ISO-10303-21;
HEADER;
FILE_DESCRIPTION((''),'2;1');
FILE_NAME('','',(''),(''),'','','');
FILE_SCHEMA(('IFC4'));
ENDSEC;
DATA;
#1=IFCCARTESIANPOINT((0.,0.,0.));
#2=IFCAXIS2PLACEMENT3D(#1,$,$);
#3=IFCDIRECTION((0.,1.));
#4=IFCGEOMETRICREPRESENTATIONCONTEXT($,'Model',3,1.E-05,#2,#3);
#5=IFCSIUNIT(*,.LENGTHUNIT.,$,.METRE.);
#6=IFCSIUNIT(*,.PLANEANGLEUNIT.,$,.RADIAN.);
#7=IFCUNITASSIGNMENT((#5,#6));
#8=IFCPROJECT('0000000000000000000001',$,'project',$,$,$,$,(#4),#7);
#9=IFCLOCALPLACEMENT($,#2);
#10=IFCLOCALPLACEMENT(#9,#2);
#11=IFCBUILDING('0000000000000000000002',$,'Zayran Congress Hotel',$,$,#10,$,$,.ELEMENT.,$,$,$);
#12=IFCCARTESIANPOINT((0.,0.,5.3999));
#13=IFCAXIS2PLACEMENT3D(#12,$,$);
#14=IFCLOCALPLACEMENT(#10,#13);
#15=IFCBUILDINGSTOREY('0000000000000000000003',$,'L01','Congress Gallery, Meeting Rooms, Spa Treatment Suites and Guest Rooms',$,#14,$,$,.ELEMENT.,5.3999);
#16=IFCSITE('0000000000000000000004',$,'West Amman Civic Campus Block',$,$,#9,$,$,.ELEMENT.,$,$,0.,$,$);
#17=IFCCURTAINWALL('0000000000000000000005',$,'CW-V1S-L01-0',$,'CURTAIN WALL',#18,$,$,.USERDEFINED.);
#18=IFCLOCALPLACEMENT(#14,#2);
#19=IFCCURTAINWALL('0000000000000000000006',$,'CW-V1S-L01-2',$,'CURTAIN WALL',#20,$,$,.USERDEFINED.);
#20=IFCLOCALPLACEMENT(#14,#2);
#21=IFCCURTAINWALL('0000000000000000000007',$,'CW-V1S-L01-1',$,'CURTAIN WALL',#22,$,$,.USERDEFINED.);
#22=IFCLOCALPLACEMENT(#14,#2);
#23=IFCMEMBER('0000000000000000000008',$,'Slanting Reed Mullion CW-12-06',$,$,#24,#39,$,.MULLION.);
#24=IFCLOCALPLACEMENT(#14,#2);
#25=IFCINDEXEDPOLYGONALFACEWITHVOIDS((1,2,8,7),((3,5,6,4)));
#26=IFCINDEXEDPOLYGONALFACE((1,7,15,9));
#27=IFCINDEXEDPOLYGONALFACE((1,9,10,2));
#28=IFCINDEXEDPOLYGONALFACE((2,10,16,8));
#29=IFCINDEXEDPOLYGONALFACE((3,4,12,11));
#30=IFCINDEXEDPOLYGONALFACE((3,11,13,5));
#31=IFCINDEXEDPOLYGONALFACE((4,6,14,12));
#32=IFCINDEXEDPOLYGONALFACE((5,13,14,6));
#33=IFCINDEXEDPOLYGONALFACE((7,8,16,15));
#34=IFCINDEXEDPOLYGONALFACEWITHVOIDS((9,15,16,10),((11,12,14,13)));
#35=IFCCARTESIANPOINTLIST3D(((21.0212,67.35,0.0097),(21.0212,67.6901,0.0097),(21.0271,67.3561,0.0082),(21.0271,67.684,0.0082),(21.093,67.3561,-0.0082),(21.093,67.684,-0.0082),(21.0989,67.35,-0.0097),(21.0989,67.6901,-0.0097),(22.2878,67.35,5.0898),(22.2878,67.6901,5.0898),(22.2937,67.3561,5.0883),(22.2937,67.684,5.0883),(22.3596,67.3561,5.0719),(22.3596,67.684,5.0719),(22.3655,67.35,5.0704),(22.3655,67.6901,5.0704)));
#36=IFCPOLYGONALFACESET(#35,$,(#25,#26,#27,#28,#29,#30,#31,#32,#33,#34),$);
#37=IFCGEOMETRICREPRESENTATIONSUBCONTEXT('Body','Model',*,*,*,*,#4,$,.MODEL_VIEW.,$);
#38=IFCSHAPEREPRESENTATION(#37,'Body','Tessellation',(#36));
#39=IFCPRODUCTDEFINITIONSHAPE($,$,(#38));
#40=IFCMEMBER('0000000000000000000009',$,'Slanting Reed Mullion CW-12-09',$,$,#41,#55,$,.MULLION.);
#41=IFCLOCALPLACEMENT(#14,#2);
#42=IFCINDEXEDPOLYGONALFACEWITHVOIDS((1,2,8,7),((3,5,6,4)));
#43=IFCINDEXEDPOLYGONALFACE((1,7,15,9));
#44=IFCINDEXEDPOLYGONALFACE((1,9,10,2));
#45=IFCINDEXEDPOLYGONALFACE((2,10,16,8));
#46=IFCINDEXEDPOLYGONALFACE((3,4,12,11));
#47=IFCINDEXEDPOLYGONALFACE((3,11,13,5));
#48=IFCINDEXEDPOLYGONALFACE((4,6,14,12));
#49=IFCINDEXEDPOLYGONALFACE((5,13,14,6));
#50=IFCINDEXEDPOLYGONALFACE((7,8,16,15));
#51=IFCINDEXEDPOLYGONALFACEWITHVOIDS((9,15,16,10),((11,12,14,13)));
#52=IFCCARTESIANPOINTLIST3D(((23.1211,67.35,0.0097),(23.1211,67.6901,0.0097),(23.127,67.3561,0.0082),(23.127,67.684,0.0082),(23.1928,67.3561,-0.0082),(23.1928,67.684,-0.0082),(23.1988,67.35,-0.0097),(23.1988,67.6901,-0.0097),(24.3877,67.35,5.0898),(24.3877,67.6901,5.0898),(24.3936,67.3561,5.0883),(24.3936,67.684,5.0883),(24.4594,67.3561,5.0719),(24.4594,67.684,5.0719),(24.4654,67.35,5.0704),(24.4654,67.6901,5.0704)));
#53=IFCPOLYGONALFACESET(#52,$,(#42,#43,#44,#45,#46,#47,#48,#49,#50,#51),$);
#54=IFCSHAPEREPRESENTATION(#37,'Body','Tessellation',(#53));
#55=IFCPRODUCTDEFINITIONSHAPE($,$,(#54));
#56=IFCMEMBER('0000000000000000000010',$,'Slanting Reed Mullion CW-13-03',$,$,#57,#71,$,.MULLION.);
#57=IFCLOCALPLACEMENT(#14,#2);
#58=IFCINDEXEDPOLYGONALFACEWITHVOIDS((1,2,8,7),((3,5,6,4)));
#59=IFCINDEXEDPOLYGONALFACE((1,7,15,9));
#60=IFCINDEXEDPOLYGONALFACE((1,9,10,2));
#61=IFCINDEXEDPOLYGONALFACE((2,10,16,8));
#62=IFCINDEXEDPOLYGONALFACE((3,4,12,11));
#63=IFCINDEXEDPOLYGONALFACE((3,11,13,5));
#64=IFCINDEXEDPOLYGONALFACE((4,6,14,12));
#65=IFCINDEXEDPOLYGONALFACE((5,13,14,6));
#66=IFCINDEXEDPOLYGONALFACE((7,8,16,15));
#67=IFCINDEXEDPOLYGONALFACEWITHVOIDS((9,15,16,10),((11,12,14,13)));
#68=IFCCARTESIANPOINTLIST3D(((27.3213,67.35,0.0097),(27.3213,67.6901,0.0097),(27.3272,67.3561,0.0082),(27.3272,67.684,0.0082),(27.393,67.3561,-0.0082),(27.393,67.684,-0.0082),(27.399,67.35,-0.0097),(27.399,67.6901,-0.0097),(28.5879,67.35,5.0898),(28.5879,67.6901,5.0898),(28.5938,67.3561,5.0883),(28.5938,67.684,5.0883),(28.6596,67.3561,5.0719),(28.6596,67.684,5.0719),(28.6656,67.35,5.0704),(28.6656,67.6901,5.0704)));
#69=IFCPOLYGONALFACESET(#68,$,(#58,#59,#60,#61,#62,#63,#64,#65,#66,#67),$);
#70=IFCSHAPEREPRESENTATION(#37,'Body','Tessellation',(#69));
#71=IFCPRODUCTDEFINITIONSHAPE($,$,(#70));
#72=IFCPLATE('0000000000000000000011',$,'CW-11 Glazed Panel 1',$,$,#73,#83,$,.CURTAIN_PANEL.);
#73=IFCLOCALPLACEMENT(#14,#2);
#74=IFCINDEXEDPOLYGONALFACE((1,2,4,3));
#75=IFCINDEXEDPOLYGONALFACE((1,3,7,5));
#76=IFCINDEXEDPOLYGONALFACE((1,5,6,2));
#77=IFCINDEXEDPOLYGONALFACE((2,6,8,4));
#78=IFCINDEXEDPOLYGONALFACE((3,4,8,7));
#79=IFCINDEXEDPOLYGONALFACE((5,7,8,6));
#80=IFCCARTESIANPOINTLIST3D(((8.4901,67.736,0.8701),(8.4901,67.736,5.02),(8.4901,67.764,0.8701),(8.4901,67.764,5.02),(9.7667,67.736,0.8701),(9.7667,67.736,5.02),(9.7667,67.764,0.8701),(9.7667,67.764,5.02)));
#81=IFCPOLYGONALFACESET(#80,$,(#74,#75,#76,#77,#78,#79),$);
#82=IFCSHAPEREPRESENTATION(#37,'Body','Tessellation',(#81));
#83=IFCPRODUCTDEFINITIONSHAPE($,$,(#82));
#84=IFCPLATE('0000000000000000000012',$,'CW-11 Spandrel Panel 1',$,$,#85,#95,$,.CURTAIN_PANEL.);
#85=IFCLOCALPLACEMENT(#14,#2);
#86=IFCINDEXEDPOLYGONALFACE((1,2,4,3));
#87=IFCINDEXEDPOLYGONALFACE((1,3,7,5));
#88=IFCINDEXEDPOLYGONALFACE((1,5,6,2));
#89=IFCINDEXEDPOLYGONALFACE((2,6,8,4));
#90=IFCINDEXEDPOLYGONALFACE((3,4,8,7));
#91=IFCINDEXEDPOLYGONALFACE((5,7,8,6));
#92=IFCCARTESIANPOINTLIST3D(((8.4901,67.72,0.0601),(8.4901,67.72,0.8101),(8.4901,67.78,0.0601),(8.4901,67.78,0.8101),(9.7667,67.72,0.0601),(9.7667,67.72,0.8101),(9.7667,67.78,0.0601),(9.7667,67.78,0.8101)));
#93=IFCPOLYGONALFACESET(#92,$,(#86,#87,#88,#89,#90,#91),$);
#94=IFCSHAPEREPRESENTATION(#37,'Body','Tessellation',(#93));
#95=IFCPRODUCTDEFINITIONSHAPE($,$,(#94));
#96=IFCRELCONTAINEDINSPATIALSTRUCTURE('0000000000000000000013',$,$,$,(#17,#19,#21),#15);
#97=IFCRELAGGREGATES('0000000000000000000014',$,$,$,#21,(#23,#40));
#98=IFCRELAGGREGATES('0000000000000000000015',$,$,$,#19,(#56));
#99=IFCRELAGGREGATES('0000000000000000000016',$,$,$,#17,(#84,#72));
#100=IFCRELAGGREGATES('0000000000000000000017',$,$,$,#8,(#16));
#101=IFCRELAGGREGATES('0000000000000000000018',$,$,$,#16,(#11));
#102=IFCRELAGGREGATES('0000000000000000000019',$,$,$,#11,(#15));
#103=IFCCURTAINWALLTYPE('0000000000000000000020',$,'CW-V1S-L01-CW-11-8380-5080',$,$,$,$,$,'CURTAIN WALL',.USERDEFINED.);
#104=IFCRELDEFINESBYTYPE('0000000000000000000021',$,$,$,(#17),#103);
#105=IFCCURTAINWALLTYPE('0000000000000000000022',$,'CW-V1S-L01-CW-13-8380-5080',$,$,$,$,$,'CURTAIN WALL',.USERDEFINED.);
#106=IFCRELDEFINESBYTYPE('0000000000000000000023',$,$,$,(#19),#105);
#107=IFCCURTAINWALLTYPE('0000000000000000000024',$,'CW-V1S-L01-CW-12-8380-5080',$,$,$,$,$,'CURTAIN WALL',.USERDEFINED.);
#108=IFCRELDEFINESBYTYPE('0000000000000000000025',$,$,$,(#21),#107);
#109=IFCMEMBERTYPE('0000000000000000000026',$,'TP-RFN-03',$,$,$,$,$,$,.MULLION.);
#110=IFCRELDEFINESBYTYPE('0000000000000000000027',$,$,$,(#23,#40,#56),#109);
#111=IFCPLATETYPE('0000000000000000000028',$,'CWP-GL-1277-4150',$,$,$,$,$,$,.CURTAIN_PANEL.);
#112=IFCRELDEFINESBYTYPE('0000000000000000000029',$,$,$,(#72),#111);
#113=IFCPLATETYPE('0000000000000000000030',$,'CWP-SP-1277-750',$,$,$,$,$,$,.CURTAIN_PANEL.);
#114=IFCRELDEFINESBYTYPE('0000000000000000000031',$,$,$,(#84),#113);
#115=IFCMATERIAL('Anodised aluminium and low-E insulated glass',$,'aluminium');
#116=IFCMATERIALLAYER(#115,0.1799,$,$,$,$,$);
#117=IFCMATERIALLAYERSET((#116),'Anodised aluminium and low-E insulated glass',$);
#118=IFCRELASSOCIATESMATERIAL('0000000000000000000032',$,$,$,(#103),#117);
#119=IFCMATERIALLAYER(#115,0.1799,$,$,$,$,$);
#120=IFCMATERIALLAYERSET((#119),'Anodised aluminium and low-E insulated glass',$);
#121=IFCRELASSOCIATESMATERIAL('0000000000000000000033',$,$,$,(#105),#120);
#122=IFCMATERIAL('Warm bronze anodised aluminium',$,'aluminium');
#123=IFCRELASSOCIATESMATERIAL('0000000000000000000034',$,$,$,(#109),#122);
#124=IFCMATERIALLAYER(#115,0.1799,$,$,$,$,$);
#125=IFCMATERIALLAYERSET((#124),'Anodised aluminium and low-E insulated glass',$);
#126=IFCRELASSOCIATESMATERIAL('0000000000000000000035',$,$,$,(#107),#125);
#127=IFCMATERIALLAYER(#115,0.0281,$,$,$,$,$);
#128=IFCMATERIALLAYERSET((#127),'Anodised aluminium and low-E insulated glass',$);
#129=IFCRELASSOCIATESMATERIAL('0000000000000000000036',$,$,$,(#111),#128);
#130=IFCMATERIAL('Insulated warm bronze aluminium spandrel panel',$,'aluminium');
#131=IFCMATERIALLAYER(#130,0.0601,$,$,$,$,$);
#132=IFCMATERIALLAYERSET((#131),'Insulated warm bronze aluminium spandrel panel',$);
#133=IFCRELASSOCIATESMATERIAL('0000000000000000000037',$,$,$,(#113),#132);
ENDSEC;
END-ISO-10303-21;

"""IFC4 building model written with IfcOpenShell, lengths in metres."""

from ifc_helpers import new_model, si_unit, direction, frame, origin, origin_2d, place, context, subcontext, project, spatial, rectangle, hollow_rectangle, extrude, material, layer, layer_set, material_profile, profile_set, type_object, element, aggregate, save


model = new_model("IFC4")

# Units and contexts
model_context = context("Model", 3, precision=1e-05, world=origin(), true_north=direction((0.0, 1.0)))
body_context = subcontext(model_context, "Body", "Model", "MODEL_VIEW")
ifc_project = project(units=[si_unit("LENGTHUNIT", "METRE"), si_unit("PLANEANGLEUNIT", "RADIAN")], contexts=[model_context])

# Site, building, storey
site_placement = place(None, origin())
site = spatial("IfcSite", under=ifc_project, at=site_placement, Name="West Amman Civic Campus Block", CompositionType="ELEMENT", RefElevation=0.0)
building_placement = place(site_placement, origin())
building = spatial("IfcBuilding", under=site, at=building_placement, Name="Zayran Congress Hotel", CompositionType="ELEMENT")
storey_placement = place(building_placement, frame((0.0, 0.0, 5.3999)))
storey = spatial("IfcBuildingStorey", under=building, at=storey_placement, Name="L01", Description="Congress Gallery, Meeting Rooms, Spa Treatment Suites and Guest Rooms", CompositionType="ELEMENT", Elevation=5.3999)

# Curtain wall
ifc_material_1 = material(Name="Anodised aluminium and low-E insulated glass", Category="aluminium")
ifc_layer_1 = layer(ifc_material_1, 0.1799)
ifc_layer_set_1 = layer_set([ifc_layer_1], Name="Anodised aluminium and low-E insulated glass")
curtain_wall_type_1 = type_object("IfcCurtainWallType", Name="CW-V1S-L01-CW-11-8380-5080", ElementType="CURTAIN WALL", PredefinedType="USERDEFINED", material=ifc_layer_set_1)
curtain_wall_1_placement = place(storey_placement, origin())
curtain_wall_1 = element("IfcCurtainWall", 1, at=curtain_wall_1_placement, inside=storey, type_object=curtain_wall_type_1, Name="CW-V1S-L01-0", ObjectType="CURTAIN WALL", PredefinedType="USERDEFINED")

# Curtain wall
ifc_layer_2 = layer(ifc_material_1, 0.1799)
ifc_layer_set_2 = layer_set([ifc_layer_2], Name="Anodised aluminium and low-E insulated glass")
curtain_wall_type_2 = type_object("IfcCurtainWallType", Name="CW-V1S-L01-CW-13-8380-5080", ElementType="CURTAIN WALL", PredefinedType="USERDEFINED", material=ifc_layer_set_2)
curtain_wall_2_placement = place(storey_placement, origin())
curtain_wall_2 = element("IfcCurtainWall", 2, at=curtain_wall_2_placement, inside=storey, type_object=curtain_wall_type_2, Name="CW-V1S-L01-2", ObjectType="CURTAIN WALL", PredefinedType="USERDEFINED")
ifc_material_2 = material(Name="Warm bronze anodised aluminium", Category="aluminium")

# Shared definitions
ifc_material_profile_1 = material_profile(ifc_material_2, hollow_rectangle(XDim=0.0801, YDim=0.3401, WallThickness=0.0061, at=origin_2d()), Name="RHS 340x80x6")
ifc_profile_set_1 = profile_set([ifc_material_profile_1], Name="Warm bronze anodised aluminium")
member_type_1 = type_object("IfcMemberType", Name="TP-RFN-03", PredefinedType="MULLION", material=ifc_profile_set_1)

# Curtain wall, members
ifc_layer_3 = layer(ifc_material_1, 0.1799)
ifc_layer_set_3 = layer_set([ifc_layer_3], Name="Anodised aluminium and low-E insulated glass")
curtain_wall_type_3 = type_object("IfcCurtainWallType", Name="CW-V1S-L01-CW-12-8380-5080", ElementType="CURTAIN WALL", PredefinedType="USERDEFINED", material=ifc_layer_set_3)
curtain_wall_3_placement = place(storey_placement, origin())
curtain_wall_3 = element("IfcCurtainWall", 3, at=curtain_wall_3_placement, inside=storey, type_object=curtain_wall_type_3, Name="CW-V1S-L01-1", ObjectType="CURTAIN WALL", PredefinedType="USERDEFINED")
member_1_placement = place(storey_placement, frame((21.0601, 67.52, 0.0), z_axis=(0.241921, 0.0, 0.970296), x_axis=(-0.970296, 0.0, 0.241921)))
member_1 = element("IfcMember", 4, at=member_1_placement, type_object=member_type_1, Name="Slanting Reed Mullion CW-12-06", PredefinedType="MULLION", context=body_context, shape_type="SweptSolid", body=[
    extrude(hollow_rectangle(XDim=0.0801, YDim=0.3401, WallThickness=0.0061, at=origin_2d()), origin(), (0.0, 0.0, 1.0), 5.2356),
])
member_2_placement = place(storey_placement, frame((23.1599, 67.52, 0.0), z_axis=(0.241921, 0.0, 0.970296), x_axis=(-0.970296, 0.0, 0.241921)))
member_2 = element("IfcMember", 5, at=member_2_placement, type_object=member_type_1, Name="Slanting Reed Mullion CW-12-09", PredefinedType="MULLION", context=body_context, shape_type="SweptSolid", body=[
    extrude(hollow_rectangle(XDim=0.0801, YDim=0.3401, WallThickness=0.0061, at=origin_2d()), origin(), (0.0, 0.0, 1.0), 5.2356),
])
aggregate(curtain_wall_3, [member_1, member_2])

# Member
member_3_placement = place(storey_placement, frame((27.3601, 67.52, 0.0), z_axis=(0.241921, 0.0, 0.970296), x_axis=(-0.970296, 0.0, 0.241921)))
member_3 = element("IfcMember", 6, at=member_3_placement, type_object=member_type_1, Name="Slanting Reed Mullion CW-13-03", PredefinedType="MULLION", context=body_context, shape_type="SweptSolid", body=[
    extrude(hollow_rectangle(XDim=0.0801, YDim=0.3401, WallThickness=0.0061, at=origin_2d()), origin(), (0.0, 0.0, 1.0), 5.2356),
])
aggregate(curtain_wall_2, [member_3])

# Plates
ifc_layer_4 = layer(ifc_material_1, 0.0281)
ifc_layer_set_4 = layer_set([ifc_layer_4], Name="Anodised aluminium and low-E insulated glass")
plate_type_1 = type_object("IfcPlateType", Name="CWP-GL-1277-4150", PredefinedType="CURTAIN_PANEL", material=ifc_layer_set_4)
plate_1_placement = place(storey_placement, frame((9.1284, 67.75, 0.8701), z_axis=(0.0, 0.0, 1.0), x_axis=(1.0, 0.0, 0.0)))
plate_1 = element("IfcPlate", 7, at=plate_1_placement, type_object=plate_type_1, Name="CW-11 Glazed Panel 1", PredefinedType="CURTAIN_PANEL", context=body_context, shape_type="SweptSolid", body=[
    extrude(rectangle(XDim=1.2766, YDim=0.0281, at=origin_2d()), origin(), (0.0, 0.0, 1.0), 4.1499),
])
ifc_material_3 = material(Name="Insulated warm bronze aluminium spandrel panel", Category="aluminium")
ifc_layer_5 = layer(ifc_material_3, 0.0601)
ifc_layer_set_5 = layer_set([ifc_layer_5], Name="Insulated warm bronze aluminium spandrel panel")
plate_type_2 = type_object("IfcPlateType", Name="CWP-SP-1277-750", PredefinedType="CURTAIN_PANEL", material=ifc_layer_set_5)
plate_2_placement = place(storey_placement, frame((9.1284, 67.75, 0.0601), z_axis=(0.0, 0.0, 1.0), x_axis=(1.0, 0.0, 0.0)))
plate_2 = element("IfcPlate", 8, at=plate_2_placement, type_object=plate_type_2, Name="CW-11 Spandrel Panel 1", PredefinedType="CURTAIN_PANEL", context=body_context, shape_type="SweptSolid", body=[
    extrude(rectangle(XDim=1.2766, YDim=0.0601, at=origin_2d()), origin(), (0.0, 0.0, 1.0), 0.75),
])
aggregate(curtain_wall_1, [plate_2, plate_1])

save(model, "model.ifc")
